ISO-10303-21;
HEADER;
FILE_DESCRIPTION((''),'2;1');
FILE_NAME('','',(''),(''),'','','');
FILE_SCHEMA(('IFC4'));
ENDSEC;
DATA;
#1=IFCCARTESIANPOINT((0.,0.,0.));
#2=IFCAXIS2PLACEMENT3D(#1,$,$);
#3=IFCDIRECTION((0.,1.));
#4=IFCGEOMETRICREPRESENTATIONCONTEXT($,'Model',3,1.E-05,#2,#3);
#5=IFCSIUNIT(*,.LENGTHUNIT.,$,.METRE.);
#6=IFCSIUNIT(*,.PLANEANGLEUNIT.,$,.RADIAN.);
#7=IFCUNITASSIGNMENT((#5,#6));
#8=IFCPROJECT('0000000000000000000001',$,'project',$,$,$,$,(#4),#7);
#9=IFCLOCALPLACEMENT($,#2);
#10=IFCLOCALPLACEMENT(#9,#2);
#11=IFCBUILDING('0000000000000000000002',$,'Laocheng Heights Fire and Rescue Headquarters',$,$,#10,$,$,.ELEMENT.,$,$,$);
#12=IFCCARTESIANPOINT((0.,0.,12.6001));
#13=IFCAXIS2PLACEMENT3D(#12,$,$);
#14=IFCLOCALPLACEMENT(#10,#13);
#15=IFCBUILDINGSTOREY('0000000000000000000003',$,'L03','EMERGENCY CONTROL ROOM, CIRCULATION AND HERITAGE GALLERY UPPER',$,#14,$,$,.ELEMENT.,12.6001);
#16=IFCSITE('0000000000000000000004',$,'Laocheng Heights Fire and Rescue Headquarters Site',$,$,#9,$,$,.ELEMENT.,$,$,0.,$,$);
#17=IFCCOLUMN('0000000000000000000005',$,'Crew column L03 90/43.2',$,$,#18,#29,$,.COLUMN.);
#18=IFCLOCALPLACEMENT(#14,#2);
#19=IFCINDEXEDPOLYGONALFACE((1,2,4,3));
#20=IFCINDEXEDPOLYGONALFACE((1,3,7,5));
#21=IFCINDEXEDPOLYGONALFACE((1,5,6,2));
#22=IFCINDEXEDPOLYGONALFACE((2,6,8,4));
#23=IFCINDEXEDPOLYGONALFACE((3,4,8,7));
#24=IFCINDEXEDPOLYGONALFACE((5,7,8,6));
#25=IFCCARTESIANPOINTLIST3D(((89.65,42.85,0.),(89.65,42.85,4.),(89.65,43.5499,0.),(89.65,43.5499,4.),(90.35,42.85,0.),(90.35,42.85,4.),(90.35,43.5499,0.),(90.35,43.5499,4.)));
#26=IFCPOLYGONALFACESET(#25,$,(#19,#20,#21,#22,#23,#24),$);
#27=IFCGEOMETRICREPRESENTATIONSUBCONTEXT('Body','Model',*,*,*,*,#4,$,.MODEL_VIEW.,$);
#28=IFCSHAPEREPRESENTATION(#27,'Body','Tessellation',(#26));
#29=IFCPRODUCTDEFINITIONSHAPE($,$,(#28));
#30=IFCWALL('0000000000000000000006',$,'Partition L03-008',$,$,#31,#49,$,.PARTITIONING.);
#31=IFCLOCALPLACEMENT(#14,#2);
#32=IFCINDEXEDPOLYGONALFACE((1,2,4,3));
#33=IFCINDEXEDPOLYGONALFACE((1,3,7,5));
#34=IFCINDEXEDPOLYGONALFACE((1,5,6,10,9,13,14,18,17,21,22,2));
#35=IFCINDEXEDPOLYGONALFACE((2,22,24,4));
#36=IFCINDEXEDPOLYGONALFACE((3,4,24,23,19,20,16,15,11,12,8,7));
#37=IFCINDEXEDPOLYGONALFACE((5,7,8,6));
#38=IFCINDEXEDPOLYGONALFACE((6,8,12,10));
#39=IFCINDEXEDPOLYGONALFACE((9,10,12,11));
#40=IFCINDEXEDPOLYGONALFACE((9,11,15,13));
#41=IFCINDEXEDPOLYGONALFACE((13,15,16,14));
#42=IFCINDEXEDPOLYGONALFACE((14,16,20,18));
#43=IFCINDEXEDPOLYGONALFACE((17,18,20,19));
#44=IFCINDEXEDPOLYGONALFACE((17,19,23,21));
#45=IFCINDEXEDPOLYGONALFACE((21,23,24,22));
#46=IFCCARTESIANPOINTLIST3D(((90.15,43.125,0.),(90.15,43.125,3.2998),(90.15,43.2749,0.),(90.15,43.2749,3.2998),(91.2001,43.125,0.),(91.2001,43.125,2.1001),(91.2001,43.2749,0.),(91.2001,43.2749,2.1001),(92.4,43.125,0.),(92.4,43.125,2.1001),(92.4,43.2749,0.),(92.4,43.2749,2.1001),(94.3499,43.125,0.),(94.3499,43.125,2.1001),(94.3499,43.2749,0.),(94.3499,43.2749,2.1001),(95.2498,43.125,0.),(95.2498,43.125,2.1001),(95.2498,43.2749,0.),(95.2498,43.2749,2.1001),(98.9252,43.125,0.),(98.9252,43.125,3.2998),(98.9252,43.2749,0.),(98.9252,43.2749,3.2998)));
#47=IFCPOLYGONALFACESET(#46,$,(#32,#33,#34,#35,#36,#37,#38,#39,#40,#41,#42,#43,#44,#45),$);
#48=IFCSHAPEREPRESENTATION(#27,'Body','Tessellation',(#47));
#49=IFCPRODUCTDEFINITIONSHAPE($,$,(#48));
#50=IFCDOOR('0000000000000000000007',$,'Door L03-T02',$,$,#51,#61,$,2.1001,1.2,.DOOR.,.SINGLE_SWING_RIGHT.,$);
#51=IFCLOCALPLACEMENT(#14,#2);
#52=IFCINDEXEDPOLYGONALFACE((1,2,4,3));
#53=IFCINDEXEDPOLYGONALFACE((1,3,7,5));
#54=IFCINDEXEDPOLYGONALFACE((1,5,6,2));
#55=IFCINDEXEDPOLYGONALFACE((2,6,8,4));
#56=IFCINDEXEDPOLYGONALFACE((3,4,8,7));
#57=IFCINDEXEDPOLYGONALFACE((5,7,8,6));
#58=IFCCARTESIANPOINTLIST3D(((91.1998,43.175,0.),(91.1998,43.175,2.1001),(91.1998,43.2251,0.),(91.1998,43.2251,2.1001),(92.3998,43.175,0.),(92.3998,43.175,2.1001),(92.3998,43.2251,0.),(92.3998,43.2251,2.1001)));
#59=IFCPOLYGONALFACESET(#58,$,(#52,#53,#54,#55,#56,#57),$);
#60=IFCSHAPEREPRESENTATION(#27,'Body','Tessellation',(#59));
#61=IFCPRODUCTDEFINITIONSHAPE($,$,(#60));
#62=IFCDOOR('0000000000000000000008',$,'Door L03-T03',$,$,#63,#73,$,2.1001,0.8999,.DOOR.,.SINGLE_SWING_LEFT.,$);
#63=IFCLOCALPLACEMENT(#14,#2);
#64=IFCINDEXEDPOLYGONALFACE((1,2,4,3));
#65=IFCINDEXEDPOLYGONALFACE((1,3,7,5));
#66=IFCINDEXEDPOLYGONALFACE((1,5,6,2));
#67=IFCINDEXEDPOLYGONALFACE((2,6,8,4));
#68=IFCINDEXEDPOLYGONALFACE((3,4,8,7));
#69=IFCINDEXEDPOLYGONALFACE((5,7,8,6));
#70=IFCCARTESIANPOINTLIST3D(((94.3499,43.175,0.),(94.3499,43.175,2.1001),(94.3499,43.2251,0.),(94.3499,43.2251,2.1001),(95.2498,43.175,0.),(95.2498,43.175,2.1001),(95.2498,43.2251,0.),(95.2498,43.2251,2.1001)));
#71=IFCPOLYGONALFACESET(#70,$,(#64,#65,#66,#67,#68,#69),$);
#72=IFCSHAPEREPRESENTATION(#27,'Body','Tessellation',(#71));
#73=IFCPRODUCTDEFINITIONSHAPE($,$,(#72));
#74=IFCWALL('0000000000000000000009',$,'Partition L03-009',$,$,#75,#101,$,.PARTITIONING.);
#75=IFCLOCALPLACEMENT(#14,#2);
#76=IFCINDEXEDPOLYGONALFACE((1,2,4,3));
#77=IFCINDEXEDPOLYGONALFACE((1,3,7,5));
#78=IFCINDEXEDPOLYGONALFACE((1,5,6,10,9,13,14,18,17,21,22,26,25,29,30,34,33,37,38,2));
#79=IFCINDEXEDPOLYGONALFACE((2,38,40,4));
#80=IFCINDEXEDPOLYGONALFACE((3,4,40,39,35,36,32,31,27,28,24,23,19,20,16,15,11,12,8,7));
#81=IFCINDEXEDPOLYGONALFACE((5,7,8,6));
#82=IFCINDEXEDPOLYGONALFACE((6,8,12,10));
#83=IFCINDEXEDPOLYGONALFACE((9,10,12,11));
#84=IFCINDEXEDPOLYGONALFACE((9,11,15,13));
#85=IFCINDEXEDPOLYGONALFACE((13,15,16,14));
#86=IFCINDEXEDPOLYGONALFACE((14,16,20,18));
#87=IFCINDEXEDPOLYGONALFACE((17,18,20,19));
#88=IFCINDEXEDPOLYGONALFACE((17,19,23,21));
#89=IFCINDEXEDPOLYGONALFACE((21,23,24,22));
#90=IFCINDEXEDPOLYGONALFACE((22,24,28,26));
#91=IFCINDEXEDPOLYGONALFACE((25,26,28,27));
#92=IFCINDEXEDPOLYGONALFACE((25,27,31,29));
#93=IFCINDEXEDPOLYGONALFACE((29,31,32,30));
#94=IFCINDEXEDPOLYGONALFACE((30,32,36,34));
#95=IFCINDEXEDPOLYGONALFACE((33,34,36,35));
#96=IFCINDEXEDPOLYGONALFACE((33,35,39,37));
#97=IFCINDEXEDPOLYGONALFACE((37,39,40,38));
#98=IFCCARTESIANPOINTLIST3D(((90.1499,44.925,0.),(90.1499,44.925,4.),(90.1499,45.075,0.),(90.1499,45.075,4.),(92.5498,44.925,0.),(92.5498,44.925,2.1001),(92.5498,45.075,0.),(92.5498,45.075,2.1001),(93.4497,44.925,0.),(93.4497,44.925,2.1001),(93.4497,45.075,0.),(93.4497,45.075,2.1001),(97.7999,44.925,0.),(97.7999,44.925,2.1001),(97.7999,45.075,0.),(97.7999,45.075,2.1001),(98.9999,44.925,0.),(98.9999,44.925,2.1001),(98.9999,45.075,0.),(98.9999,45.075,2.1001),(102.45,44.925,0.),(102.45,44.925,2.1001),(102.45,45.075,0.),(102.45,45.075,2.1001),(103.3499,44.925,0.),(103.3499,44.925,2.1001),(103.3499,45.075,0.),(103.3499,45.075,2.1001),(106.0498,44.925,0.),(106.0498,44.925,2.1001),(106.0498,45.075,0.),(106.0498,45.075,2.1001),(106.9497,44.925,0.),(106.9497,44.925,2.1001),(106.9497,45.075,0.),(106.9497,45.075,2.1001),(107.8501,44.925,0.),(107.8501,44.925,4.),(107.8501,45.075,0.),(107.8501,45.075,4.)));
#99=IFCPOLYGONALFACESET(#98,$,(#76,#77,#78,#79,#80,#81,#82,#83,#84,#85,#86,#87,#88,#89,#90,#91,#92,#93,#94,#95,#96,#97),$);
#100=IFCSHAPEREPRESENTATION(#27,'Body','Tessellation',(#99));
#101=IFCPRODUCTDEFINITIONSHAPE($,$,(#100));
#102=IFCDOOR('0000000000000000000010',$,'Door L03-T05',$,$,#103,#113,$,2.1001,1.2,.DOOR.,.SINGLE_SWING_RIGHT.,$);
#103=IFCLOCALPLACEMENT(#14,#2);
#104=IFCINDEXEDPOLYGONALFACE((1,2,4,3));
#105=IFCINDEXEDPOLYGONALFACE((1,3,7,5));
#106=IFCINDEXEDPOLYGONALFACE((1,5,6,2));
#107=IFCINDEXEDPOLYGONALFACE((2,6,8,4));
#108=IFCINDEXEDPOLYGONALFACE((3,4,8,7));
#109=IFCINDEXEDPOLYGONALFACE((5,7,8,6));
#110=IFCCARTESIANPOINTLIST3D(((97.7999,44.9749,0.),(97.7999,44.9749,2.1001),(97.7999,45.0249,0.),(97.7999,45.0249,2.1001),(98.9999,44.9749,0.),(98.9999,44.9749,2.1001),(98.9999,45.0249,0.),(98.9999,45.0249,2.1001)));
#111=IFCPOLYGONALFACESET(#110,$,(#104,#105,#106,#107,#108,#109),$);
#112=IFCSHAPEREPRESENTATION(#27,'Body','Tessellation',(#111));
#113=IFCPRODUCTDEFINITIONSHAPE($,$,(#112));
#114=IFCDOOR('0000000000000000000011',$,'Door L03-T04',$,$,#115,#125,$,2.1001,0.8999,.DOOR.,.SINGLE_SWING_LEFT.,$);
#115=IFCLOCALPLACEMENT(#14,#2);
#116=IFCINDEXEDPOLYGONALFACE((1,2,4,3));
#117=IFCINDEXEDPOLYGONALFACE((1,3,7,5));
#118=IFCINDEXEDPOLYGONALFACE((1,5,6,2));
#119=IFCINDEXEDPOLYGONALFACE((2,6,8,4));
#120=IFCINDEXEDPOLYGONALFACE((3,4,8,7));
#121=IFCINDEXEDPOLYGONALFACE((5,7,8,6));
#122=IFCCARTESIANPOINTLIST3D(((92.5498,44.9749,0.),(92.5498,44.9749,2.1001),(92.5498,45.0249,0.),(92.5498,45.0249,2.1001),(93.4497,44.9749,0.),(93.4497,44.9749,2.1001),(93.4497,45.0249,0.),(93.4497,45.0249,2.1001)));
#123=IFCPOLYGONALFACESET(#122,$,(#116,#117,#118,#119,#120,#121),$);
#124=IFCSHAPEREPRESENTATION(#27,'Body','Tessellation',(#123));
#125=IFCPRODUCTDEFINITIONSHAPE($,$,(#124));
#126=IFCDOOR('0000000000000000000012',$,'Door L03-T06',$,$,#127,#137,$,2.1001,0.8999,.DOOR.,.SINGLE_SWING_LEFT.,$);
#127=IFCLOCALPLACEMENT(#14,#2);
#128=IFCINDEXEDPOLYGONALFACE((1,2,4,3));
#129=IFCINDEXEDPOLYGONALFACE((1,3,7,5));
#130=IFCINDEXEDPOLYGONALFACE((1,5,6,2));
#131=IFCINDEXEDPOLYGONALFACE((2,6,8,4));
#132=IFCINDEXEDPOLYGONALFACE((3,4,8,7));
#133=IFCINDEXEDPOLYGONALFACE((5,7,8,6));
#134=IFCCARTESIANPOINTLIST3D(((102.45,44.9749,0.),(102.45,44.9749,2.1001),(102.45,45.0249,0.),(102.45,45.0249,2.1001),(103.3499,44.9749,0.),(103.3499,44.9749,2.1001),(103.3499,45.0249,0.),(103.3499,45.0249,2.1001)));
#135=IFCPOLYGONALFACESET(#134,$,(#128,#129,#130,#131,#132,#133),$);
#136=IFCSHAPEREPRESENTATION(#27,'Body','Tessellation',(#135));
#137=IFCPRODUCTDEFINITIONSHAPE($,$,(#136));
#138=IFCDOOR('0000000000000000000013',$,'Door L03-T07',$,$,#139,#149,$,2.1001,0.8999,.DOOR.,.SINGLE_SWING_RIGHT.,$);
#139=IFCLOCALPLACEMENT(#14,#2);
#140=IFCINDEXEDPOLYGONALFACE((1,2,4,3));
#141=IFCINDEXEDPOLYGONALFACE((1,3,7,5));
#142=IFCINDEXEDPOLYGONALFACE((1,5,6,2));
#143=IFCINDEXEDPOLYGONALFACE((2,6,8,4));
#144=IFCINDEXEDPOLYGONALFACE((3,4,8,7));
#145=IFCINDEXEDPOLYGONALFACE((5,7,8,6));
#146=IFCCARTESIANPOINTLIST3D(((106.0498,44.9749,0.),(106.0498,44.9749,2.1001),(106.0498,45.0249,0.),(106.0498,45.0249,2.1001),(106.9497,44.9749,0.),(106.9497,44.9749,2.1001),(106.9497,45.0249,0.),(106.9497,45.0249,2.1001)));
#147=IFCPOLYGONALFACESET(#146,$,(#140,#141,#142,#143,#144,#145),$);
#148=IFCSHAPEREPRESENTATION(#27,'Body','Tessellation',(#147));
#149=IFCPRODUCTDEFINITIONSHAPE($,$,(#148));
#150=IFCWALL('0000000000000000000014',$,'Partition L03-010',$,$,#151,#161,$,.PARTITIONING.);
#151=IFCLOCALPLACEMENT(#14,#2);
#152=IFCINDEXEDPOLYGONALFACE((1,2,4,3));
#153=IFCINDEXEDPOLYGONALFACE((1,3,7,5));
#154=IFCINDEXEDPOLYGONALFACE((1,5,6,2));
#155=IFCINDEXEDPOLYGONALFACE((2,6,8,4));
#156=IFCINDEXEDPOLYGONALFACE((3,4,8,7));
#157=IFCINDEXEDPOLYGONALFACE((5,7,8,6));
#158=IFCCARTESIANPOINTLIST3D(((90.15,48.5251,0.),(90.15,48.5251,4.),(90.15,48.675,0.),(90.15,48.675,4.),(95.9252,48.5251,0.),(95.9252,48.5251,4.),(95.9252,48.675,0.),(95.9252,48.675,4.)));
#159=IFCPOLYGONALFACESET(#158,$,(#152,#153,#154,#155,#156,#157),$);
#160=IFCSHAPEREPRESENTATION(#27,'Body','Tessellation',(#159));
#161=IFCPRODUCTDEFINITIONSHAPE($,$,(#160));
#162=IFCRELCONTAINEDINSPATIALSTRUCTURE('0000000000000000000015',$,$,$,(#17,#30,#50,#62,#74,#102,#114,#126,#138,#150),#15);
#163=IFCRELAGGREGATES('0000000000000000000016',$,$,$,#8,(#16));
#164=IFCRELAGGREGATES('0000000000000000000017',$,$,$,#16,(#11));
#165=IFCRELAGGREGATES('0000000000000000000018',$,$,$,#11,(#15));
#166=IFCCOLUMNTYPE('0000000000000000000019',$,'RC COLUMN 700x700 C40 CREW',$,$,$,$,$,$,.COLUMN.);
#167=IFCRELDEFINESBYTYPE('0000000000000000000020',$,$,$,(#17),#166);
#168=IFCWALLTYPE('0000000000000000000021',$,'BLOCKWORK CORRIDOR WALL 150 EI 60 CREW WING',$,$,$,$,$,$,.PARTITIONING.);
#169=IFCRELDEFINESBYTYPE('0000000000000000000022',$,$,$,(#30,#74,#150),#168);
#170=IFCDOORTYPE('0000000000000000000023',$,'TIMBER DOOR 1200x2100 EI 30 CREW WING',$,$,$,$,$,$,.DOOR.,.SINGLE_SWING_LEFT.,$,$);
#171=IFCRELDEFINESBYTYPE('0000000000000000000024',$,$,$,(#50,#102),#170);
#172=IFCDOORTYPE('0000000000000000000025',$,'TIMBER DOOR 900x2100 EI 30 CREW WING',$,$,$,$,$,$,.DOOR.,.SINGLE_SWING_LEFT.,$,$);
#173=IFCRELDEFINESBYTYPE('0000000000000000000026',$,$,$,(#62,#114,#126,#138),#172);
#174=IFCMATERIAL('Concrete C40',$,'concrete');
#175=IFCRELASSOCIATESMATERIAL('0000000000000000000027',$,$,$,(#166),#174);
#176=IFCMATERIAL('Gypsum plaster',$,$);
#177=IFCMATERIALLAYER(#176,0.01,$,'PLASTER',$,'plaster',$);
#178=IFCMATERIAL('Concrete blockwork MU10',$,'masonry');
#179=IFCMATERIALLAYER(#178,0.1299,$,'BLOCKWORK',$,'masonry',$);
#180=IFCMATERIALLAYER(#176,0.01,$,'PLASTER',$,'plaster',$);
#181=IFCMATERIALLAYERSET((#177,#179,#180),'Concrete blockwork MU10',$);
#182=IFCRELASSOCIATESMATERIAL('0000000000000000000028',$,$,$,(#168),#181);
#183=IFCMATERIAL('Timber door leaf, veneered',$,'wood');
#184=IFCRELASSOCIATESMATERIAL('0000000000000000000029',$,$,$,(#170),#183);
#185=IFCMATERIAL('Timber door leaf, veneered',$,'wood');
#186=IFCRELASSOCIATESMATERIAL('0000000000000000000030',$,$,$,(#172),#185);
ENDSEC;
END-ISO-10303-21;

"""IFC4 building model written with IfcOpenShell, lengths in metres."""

from ifc_helpers import new_model, si_unit, direction, frame, frame_2d, origin, origin_2d, place, context, subcontext, project, spatial, rectangle, extrude, material, layer, layer_set, material_profile, profile_set, type_object, element, fill, save


model = new_model("IFC4")

# Units and contexts
model_context = context("Model", 3, precision=1e-05, world=origin(), true_north=direction((0.0, 1.0)))
body_context = subcontext(model_context, "Body", "Model", "MODEL_VIEW")
ifc_project = project(units=[si_unit("LENGTHUNIT", "METRE"), si_unit("PLANEANGLEUNIT", "RADIAN")], contexts=[model_context])

# Site, building, storey
site_placement = place(None, origin())
site = spatial("IfcSite", under=ifc_project, at=site_placement, Name="Laocheng Heights Fire and Rescue Headquarters Site", CompositionType="ELEMENT", RefElevation=0.0)
building_placement = place(site_placement, origin())
building = spatial("IfcBuilding", under=site, at=building_placement, Name="Laocheng Heights Fire and Rescue Headquarters", CompositionType="ELEMENT")
storey_placement = place(building_placement, frame((0.0, 0.0, 12.6001)))
storey = spatial("IfcBuildingStorey", under=building, at=storey_placement, Name="L03", Description="EMERGENCY CONTROL ROOM, CIRCULATION AND HERITAGE GALLERY UPPER", CompositionType="ELEMENT", Elevation=12.6001)

# Column
ifc_material_1 = material(Name="Concrete C40", Category="concrete")
ifc_material_profile = material_profile(ifc_material_1, rectangle(XDim=0.7, YDim=0.7, at=origin_2d()), Name="RC COLUMN 700x700 C40 CREW")
ifc_profile_set = profile_set([ifc_material_profile], Name="Concrete C40")
column_type = type_object("IfcColumnType", Name="RC COLUMN 700x700 C40 CREW", PredefinedType="COLUMN", material=ifc_profile_set)
column_placement = place(storey_placement, frame((90.0, 43.2, 0.0), z_axis=(0.0, 0.0, 1.0), x_axis=(1.0, 0.0, 0.0)))
element("IfcColumn", 1, at=column_placement, inside=storey, type_object=column_type, Name="Crew column L03 90/43.2", PredefinedType="COLUMN", context=body_context, shape_type="SweptSolid", body=[
    extrude(rectangle(XDim=0.7, YDim=0.7, at=origin_2d()), origin(), (0.0, 0.0, 1.0), 4.0),
])

# Walls, openings, doors
ifc_material_2 = material(Name="Gypsum plaster")
ifc_layer_1 = layer(ifc_material_2, 0.01, Name="PLASTER", Category="plaster")
ifc_material_3 = material(Name="Concrete blockwork MU10", Category="masonry")
ifc_layer_2 = layer(ifc_material_3, 0.1299, Name="BLOCKWORK", Category="masonry")
ifc_layer_3 = layer(ifc_material_2, 0.01, Name="PLASTER", Category="plaster")
ifc_layer_set_1 = layer_set([ifc_layer_1, ifc_layer_2, ifc_layer_3], Name="Concrete blockwork MU10")
wall_type_1 = type_object("IfcWallType", Name="BLOCKWORK CORRIDOR WALL 150 EI 60 CREW WING", PredefinedType="PARTITIONING", material=ifc_layer_set_1)
wall_1_placement = place(storey_placement, frame((90.1499, 43.2, 0.0), z_axis=(0.0, 0.0, 1.0), x_axis=(1.0, 0.0, 0.0)))
wall_1 = element("IfcWall", 2, at=wall_1_placement, inside=storey, type_object=wall_type_1, Name="Partition L03-008", PredefinedType="PARTITIONING", context=body_context, shape_type="SweptSolid", body=[
    extrude(rectangle(XDim=8.7751, YDim=0.1499, at=frame_2d((4.3877, 0.0))), origin(), (0.0, 0.0, 1.0), 3.2998),
])
opening_1_placement = place(wall_1_placement, frame((1.05, 0.0, 0.0)))
opening_1 = element("IfcOpeningElement", 3, at=opening_1_placement, cuts=wall_1, PredefinedType="OPENING", context=body_context, shape_type="SweptSolid", body=[
    extrude(rectangle(XDim=1.2, YDim=2.1001, at=frame_2d((0.6001, 1.05))), frame((0.0, 0.085, 0.0), z_axis=(0.0, -1.0, 0.0), x_axis=(1.0, 0.0, 0.0)), (0.0, 0.0, 1.0), 0.1699),
])
opening_2_placement = place(wall_1_placement, frame((4.2, 0.0, 0.0)))
opening_2 = element("IfcOpeningElement", 4, at=opening_2_placement, cuts=wall_1, PredefinedType="OPENING", context=body_context, shape_type="SweptSolid", body=[
    extrude(rectangle(XDim=0.8999, YDim=2.1001, at=frame_2d((0.45, 1.05))), frame((0.0, 0.085, 0.0), z_axis=(0.0, -1.0, 0.0), x_axis=(1.0, 0.0, 0.0)), (0.0, 0.0, 1.0), 0.1699),
])
ifc_material_4 = material(Name="Timber door leaf, veneered", Category="wood")
door_type_1 = type_object("IfcDoorType", Name="TIMBER DOOR 1200x2100 EI 30 CREW WING", OperationType="SINGLE_SWING_LEFT", PredefinedType="DOOR", material=ifc_material_4)
door_1_placement = place(opening_1_placement, frame((1.2, 0.0, 0.0), z_axis=(0.0, 0.0, 1.0), x_axis=(-1.0, 0.0, 0.0)))
door_1 = element("IfcDoor", 5, at=door_1_placement, inside=storey, type_object=door_type_1, Name="Door L03-T02", OperationType="SINGLE_SWING_RIGHT", OverallHeight=2.1001, OverallWidth=1.2, PredefinedType="DOOR", context=body_context, shape_type="SweptSolid", body=[
    extrude(rectangle(XDim=1.2, YDim=2.1001, at=frame_2d((0.6001, 1.05))), frame((0.0, 0.0249, 0.0), z_axis=(0.0, -1.0, 0.0), x_axis=(1.0, 0.0, 0.0)), (0.0, 0.0, 1.0), 0.05),
])
fill(opening_1, door_1)
ifc_material_5 = material(Name="Timber door leaf, veneered", Category="wood")
door_type_2 = type_object("IfcDoorType", Name="TIMBER DOOR 900x2100 EI 30 CREW WING", OperationType="SINGLE_SWING_LEFT", PredefinedType="DOOR", material=ifc_material_5)
door_2_placement = place(opening_2_placement, frame((0.8999, 0.0, 0.0), z_axis=(0.0, 0.0, 1.0), x_axis=(-1.0, 0.0, 0.0)))
door_2 = element("IfcDoor", 6, at=door_2_placement, inside=storey, type_object=door_type_2, Name="Door L03-T03", OperationType="SINGLE_SWING_LEFT", OverallHeight=2.1001, OverallWidth=0.8999, PredefinedType="DOOR", context=body_context, shape_type="SweptSolid", body=[
    extrude(rectangle(XDim=0.8999, YDim=2.1001, at=frame_2d((0.45, 1.05))), frame((0.0, 0.0249, 0.0), z_axis=(0.0, -1.0, 0.0), x_axis=(1.0, 0.0, 0.0)), (0.0, 0.0, 1.0), 0.05),
])
fill(opening_2, door_2)
wall_2_placement = place(storey_placement, frame((90.1499, 45.0, 0.0), z_axis=(0.0, 0.0, 1.0), x_axis=(1.0, 0.0, 0.0)))
wall_2 = element("IfcWall", 7, at=wall_2_placement, inside=storey, type_object=wall_type_1, Name="Partition L03-009", PredefinedType="PARTITIONING", context=body_context, shape_type="SweptSolid", body=[
    extrude(rectangle(XDim=17.7002, YDim=0.1499, at=frame_2d((8.8501, 0.0))), origin(), (0.0, 0.0, 1.0), 4.0),
])
opening_3_placement = place(wall_2_placement, frame((2.3999, 0.0, 0.0)))
opening_3 = element("IfcOpeningElement", 8, at=opening_3_placement, cuts=wall_2, PredefinedType="OPENING", context=body_context, shape_type="SweptSolid", body=[
    extrude(rectangle(XDim=0.8999, YDim=2.1001, at=frame_2d((0.45, 1.05))), frame((0.0, 0.085, 0.0), z_axis=(0.0, -1.0, 0.0), x_axis=(1.0, 0.0, 0.0)), (0.0, 0.0, 1.0), 0.1699),
])
opening_4_placement = place(wall_2_placement, frame((7.6499, 0.0, 0.0)))
opening_4 = element("IfcOpeningElement", 9, at=opening_4_placement, cuts=wall_2, PredefinedType="OPENING", context=body_context, shape_type="SweptSolid", body=[
    extrude(rectangle(XDim=1.2, YDim=2.1001, at=frame_2d((0.6001, 1.05))), frame((0.0, 0.085, 0.0), z_axis=(0.0, -1.0, 0.0), x_axis=(1.0, 0.0, 0.0)), (0.0, 0.0, 1.0), 0.1699),
])
opening_5_placement = place(wall_2_placement, frame((12.3, 0.0, 0.0)))
opening_5 = element("IfcOpeningElement", 10, at=opening_5_placement, cuts=wall_2, PredefinedType="OPENING", context=body_context, shape_type="SweptSolid", body=[
    extrude(rectangle(XDim=0.8999, YDim=2.1001, at=frame_2d((0.45, 1.05))), frame((0.0, 0.085, 0.0), z_axis=(0.0, -1.0, 0.0), x_axis=(1.0, 0.0, 0.0)), (0.0, 0.0, 1.0), 0.1699),
])
opening_6_placement = place(wall_2_placement, frame((15.8999, 0.0, 0.0)))
opening_6 = element("IfcOpeningElement", 11, at=opening_6_placement, cuts=wall_2, PredefinedType="OPENING", context=body_context, shape_type="SweptSolid", body=[
    extrude(rectangle(XDim=0.8999, YDim=2.1001, at=frame_2d((0.45, 1.05))), frame((0.0, 0.085, 0.0), z_axis=(0.0, -1.0, 0.0), x_axis=(1.0, 0.0, 0.0)), (0.0, 0.0, 1.0), 0.1699),
])
door_3_placement = place(opening_4_placement, origin())
door_3 = element("IfcDoor", 12, at=door_3_placement, inside=storey, type_object=door_type_1, Name="Door L03-T05", OperationType="SINGLE_SWING_RIGHT", OverallHeight=2.1001, OverallWidth=1.2, PredefinedType="DOOR", context=body_context, shape_type="SweptSolid", body=[
    extrude(rectangle(XDim=1.2, YDim=2.1001, at=frame_2d((0.6001, 1.05))), frame((0.0, 0.0249, 0.0), z_axis=(0.0, -1.0, 0.0), x_axis=(1.0, 0.0, 0.0)), (0.0, 0.0, 1.0), 0.05),
])
fill(opening_4, door_3)
door_4_placement = place(opening_3_placement, origin())
door_4 = element("IfcDoor", 13, at=door_4_placement, inside=storey, type_object=door_type_2, Name="Door L03-T04", OperationType="SINGLE_SWING_LEFT", OverallHeight=2.1001, OverallWidth=0.8999, PredefinedType="DOOR", context=body_context, shape_type="SweptSolid", body=[
    extrude(rectangle(XDim=0.8999, YDim=2.1001, at=frame_2d((0.45, 1.05))), frame((0.0, 0.0249, 0.0), z_axis=(0.0, -1.0, 0.0), x_axis=(1.0, 0.0, 0.0)), (0.0, 0.0, 1.0), 0.05),
])
fill(opening_3, door_4)
door_5_placement = place(opening_5_placement, origin())
door_5 = element("IfcDoor", 14, at=door_5_placement, inside=storey, type_object=door_type_2, Name="Door L03-T06", OperationType="SINGLE_SWING_LEFT", OverallHeight=2.1001, OverallWidth=0.8999, PredefinedType="DOOR", context=body_context, shape_type="SweptSolid", body=[
    extrude(rectangle(XDim=0.8999, YDim=2.1001, at=frame_2d((0.45, 1.05))), frame((0.0, 0.0249, 0.0), z_axis=(0.0, -1.0, 0.0), x_axis=(1.0, 0.0, 0.0)), (0.0, 0.0, 1.0), 0.05),
])
fill(opening_5, door_5)
door_6_placement = place(opening_6_placement, origin())
door_6 = element("IfcDoor", 15, at=door_6_placement, inside=storey, type_object=door_type_2, Name="Door L03-T07", OperationType="SINGLE_SWING_RIGHT", OverallHeight=2.1001, OverallWidth=0.8999, PredefinedType="DOOR", context=body_context, shape_type="SweptSolid", body=[
    extrude(rectangle(XDim=0.8999, YDim=2.1001, at=frame_2d((0.45, 1.05))), frame((0.0, 0.0249, 0.0), z_axis=(0.0, -1.0, 0.0), x_axis=(1.0, 0.0, 0.0)), (0.0, 0.0, 1.0), 0.05),
])
fill(opening_6, door_6)

# Wall
wall_3_placement = place(storey_placement, frame((90.1499, 48.6001, 0.0), z_axis=(0.0, 0.0, 1.0), x_axis=(1.0, 0.0, 0.0)))
element("IfcWall", 16, at=wall_3_placement, inside=storey, type_object=wall_type_1, Name="Partition L03-010", PredefinedType="PARTITIONING", context=body_context, shape_type="SweptSolid", body=[
    extrude(rectangle(XDim=5.7751, YDim=0.1499, at=frame_2d((2.8877, 0.0))), origin(), (0.0, 0.0, 1.0), 4.0),
])

save(model, "model.ifc")
